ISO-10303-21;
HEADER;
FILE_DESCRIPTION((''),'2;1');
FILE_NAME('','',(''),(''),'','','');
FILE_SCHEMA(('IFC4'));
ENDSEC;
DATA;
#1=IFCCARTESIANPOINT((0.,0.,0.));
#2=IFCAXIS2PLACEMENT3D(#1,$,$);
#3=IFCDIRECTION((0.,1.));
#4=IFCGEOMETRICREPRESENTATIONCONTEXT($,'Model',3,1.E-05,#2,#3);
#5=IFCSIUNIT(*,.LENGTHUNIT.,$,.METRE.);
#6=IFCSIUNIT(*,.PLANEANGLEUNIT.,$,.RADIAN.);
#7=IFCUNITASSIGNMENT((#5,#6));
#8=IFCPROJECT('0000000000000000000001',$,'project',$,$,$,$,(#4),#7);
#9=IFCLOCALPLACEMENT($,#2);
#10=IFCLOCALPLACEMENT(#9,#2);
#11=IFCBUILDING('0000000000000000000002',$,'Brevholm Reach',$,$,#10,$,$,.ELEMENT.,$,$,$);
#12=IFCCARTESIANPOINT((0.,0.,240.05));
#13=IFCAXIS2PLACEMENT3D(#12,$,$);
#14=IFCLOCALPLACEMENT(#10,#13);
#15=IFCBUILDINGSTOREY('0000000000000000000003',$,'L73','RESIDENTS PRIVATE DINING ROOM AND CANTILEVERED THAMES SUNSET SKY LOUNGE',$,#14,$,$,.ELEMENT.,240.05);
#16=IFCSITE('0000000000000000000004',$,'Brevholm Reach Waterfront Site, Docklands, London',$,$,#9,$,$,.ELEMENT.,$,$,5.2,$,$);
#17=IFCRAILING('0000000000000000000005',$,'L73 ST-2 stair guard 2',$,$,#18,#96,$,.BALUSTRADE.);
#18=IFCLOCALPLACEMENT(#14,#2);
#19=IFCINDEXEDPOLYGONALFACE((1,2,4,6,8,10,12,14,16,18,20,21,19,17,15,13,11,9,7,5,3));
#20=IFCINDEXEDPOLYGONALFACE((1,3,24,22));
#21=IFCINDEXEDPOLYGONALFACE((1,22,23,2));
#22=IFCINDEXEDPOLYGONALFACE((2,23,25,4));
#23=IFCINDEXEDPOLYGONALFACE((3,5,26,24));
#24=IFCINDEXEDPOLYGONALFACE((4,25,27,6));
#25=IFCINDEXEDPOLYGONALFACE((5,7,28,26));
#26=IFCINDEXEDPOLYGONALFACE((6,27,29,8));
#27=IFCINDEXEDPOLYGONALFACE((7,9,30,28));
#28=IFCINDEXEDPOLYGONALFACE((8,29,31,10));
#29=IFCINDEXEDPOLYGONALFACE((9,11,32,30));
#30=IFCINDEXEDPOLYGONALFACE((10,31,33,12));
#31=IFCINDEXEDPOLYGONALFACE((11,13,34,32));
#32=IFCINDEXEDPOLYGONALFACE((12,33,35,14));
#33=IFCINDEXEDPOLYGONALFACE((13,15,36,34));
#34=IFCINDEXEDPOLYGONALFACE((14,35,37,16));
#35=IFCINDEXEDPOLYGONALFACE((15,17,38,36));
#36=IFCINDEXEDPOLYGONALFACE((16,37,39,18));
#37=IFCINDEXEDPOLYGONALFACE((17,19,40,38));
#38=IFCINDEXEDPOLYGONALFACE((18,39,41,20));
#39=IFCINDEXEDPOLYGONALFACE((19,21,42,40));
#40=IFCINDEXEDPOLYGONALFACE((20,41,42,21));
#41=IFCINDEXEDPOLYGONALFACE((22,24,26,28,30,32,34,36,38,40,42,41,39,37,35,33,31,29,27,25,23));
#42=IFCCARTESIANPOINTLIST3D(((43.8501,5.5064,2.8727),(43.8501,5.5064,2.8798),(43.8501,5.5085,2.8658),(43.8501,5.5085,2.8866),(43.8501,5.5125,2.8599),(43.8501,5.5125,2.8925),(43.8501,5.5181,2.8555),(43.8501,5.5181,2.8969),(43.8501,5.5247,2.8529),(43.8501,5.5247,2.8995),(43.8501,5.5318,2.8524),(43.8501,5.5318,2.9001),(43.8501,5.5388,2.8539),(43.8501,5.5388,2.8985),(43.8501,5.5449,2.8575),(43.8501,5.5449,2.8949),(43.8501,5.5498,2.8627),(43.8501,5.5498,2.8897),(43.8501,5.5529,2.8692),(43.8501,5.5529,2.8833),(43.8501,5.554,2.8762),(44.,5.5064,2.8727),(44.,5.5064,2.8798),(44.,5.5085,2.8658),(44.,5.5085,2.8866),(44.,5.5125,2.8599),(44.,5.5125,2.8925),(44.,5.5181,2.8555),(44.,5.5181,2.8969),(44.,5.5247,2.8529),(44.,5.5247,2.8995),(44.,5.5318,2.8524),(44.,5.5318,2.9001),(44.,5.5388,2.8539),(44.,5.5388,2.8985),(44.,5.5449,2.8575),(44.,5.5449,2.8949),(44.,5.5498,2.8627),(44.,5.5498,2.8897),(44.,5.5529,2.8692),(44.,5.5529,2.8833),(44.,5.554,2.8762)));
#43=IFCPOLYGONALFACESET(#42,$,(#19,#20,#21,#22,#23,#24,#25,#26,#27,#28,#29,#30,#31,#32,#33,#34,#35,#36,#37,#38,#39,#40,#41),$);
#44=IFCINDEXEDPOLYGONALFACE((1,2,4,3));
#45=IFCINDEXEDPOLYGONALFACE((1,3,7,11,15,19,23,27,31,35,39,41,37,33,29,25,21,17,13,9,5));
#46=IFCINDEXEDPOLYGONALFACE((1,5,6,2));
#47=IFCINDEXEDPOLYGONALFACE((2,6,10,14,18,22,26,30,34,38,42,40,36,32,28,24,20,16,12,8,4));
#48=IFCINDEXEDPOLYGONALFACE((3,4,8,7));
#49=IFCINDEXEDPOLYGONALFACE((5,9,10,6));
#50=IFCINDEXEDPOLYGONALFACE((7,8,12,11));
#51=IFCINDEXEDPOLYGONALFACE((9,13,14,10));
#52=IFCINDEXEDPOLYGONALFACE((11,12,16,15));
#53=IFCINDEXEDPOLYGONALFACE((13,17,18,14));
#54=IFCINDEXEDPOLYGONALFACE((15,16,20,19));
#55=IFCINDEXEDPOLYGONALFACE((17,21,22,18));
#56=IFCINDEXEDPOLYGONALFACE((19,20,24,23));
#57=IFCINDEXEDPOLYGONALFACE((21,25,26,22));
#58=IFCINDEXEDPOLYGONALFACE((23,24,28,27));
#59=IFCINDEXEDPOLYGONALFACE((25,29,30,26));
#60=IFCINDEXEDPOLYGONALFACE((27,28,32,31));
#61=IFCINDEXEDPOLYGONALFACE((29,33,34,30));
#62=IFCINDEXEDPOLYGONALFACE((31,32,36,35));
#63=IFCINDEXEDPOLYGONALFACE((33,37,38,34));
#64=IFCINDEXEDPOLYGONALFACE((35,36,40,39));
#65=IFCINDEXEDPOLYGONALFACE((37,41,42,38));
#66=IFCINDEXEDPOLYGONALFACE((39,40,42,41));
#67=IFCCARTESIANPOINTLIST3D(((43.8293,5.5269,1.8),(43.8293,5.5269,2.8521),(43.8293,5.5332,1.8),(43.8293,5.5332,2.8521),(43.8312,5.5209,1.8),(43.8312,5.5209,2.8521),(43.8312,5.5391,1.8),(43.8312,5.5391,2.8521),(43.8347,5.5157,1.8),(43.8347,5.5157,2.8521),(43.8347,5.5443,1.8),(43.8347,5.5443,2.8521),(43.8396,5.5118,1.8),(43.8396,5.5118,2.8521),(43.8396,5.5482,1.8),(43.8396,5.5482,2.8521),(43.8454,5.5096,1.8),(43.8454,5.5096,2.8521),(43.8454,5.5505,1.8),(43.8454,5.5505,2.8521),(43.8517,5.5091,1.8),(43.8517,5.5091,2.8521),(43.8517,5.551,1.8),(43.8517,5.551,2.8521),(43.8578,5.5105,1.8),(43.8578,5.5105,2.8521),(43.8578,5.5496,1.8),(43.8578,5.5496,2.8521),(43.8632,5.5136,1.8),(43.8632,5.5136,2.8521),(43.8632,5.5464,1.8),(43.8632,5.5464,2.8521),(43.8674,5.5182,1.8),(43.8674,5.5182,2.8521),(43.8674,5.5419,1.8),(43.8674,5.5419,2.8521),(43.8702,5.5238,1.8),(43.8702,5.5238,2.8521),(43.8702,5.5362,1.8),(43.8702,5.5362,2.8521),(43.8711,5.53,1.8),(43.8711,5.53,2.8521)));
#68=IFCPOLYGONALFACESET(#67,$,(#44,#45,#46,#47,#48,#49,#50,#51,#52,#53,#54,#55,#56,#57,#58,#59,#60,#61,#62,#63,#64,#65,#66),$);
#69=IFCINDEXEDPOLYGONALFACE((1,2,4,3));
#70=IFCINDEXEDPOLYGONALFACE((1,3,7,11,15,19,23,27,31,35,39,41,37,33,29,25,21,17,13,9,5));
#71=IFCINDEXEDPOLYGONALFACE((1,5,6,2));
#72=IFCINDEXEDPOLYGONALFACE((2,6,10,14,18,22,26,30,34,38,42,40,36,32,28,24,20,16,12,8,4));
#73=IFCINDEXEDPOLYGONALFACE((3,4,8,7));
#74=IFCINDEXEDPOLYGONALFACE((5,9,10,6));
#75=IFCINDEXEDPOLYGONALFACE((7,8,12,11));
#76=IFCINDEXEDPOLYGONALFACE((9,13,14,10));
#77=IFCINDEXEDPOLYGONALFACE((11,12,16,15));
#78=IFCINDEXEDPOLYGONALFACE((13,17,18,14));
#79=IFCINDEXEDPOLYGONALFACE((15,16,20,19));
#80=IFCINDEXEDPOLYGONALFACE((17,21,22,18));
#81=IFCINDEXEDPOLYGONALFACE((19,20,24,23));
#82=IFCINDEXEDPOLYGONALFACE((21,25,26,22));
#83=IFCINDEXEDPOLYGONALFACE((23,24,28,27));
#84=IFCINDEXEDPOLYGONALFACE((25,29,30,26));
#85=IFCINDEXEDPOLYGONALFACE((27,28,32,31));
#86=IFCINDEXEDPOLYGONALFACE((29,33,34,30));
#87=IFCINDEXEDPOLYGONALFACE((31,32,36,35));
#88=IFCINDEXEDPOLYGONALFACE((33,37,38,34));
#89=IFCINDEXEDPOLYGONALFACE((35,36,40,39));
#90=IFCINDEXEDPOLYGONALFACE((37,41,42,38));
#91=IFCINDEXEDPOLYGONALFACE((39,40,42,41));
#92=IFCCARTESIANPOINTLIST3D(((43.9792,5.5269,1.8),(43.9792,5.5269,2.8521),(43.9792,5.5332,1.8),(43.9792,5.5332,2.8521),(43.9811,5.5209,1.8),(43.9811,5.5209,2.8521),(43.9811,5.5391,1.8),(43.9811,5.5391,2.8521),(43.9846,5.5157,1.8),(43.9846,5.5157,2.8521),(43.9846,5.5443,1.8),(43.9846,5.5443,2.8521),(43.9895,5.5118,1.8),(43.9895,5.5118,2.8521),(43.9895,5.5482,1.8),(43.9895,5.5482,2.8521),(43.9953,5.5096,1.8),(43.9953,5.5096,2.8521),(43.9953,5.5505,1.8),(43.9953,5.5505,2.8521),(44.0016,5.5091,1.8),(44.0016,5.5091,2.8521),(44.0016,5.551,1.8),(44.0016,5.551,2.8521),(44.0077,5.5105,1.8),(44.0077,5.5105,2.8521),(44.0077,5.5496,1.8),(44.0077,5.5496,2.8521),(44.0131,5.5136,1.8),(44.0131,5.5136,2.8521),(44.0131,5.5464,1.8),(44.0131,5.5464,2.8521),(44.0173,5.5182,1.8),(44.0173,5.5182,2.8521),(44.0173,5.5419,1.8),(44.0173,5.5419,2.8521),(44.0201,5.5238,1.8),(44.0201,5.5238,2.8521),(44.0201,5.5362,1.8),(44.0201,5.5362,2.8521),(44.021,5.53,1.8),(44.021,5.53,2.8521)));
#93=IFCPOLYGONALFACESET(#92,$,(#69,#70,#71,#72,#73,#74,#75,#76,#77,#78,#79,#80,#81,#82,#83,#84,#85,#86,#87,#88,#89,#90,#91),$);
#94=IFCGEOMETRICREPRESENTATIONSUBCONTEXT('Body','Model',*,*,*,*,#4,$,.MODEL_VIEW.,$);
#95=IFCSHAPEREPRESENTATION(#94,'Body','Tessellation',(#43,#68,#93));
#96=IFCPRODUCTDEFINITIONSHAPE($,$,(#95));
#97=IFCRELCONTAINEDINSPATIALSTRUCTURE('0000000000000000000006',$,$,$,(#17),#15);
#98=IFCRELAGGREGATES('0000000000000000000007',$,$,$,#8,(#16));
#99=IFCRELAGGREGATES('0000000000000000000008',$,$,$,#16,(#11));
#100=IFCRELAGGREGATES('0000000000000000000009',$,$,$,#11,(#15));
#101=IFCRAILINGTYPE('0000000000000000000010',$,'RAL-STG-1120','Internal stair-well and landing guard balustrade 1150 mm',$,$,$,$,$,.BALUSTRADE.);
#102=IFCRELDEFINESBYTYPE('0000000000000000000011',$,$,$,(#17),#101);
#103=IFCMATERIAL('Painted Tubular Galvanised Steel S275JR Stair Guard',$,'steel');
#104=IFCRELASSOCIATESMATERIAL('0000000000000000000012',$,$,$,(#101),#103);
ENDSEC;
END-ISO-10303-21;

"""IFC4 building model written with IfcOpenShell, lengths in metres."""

from ifc_helpers import new_model, si_unit, direction, frame, origin, origin_2d, place, context, subcontext, project, spatial, circle, extrude, material, type_object, element, save


model = new_model("IFC4")

# Units and contexts
model_context = context("Model", 3, precision=1e-05, world=origin(), true_north=direction((0.0, 1.0)))
body_context = subcontext(model_context, "Body", "Model", "MODEL_VIEW")
ifc_project = project(units=[si_unit("LENGTHUNIT", "METRE"), si_unit("PLANEANGLEUNIT", "RADIAN")], contexts=[model_context])

# Site, building, storey
site_placement = place(None, origin())
site = spatial("IfcSite", under=ifc_project, at=site_placement, Name="Brevholm Reach Waterfront Site, Docklands, London", CompositionType="ELEMENT", RefElevation=5.2)
building_placement = place(site_placement, origin())
building = spatial("IfcBuilding", under=site, at=building_placement, Name="Brevholm Reach", CompositionType="ELEMENT")
storey_placement = place(building_placement, frame((0.0, 0.0, 240.05)))
storey = spatial("IfcBuildingStorey", under=building, at=storey_placement, Name="L73", Description="RESIDENTS PRIVATE DINING ROOM AND CANTILEVERED THAMES SUNSET SKY LOUNGE", CompositionType="ELEMENT", Elevation=240.05)

# Railing
ifc_material_1 = material(Name="Painted Tubular Galvanised Steel S275JR Stair Guard", Category="steel")
railing_type_1 = type_object("IfcRailingType", Name="RAL-STG-1120", Description="Internal stair-well and landing guard balustrade 1150 mm", PredefinedType="BALUSTRADE", material=ifc_material_1)
railing_1_placement = place(storey_placement, frame((43.8501, 5.53, 1.8)))
element("IfcRailing", 1, at=railing_1_placement, inside=storey, type_object=railing_type_1, Name="L73 ST-2 stair guard 2", PredefinedType="BALUSTRADE", context=body_context, shape_type="SweptSolid", body=[
    extrude(circle(Radius=0.0239, at=origin_2d()), frame((0.0, 0.0, 1.0762), z_axis=(1.0, 0.0, 0.0), x_axis=(0.0, 1.0, 0.0)), (0.0, 0.0, 1.0), 0.1499),
    extrude(circle(Radius=0.021, at=origin_2d()), origin(), (0.0, 0.0, 1.0), 1.052),
    extrude(circle(Radius=0.021, at=origin_2d()), frame((0.1499, 0.0, 0.0)), (0.0, 0.0, 1.0), 1.052),
])

save(model, "model.ifc")
